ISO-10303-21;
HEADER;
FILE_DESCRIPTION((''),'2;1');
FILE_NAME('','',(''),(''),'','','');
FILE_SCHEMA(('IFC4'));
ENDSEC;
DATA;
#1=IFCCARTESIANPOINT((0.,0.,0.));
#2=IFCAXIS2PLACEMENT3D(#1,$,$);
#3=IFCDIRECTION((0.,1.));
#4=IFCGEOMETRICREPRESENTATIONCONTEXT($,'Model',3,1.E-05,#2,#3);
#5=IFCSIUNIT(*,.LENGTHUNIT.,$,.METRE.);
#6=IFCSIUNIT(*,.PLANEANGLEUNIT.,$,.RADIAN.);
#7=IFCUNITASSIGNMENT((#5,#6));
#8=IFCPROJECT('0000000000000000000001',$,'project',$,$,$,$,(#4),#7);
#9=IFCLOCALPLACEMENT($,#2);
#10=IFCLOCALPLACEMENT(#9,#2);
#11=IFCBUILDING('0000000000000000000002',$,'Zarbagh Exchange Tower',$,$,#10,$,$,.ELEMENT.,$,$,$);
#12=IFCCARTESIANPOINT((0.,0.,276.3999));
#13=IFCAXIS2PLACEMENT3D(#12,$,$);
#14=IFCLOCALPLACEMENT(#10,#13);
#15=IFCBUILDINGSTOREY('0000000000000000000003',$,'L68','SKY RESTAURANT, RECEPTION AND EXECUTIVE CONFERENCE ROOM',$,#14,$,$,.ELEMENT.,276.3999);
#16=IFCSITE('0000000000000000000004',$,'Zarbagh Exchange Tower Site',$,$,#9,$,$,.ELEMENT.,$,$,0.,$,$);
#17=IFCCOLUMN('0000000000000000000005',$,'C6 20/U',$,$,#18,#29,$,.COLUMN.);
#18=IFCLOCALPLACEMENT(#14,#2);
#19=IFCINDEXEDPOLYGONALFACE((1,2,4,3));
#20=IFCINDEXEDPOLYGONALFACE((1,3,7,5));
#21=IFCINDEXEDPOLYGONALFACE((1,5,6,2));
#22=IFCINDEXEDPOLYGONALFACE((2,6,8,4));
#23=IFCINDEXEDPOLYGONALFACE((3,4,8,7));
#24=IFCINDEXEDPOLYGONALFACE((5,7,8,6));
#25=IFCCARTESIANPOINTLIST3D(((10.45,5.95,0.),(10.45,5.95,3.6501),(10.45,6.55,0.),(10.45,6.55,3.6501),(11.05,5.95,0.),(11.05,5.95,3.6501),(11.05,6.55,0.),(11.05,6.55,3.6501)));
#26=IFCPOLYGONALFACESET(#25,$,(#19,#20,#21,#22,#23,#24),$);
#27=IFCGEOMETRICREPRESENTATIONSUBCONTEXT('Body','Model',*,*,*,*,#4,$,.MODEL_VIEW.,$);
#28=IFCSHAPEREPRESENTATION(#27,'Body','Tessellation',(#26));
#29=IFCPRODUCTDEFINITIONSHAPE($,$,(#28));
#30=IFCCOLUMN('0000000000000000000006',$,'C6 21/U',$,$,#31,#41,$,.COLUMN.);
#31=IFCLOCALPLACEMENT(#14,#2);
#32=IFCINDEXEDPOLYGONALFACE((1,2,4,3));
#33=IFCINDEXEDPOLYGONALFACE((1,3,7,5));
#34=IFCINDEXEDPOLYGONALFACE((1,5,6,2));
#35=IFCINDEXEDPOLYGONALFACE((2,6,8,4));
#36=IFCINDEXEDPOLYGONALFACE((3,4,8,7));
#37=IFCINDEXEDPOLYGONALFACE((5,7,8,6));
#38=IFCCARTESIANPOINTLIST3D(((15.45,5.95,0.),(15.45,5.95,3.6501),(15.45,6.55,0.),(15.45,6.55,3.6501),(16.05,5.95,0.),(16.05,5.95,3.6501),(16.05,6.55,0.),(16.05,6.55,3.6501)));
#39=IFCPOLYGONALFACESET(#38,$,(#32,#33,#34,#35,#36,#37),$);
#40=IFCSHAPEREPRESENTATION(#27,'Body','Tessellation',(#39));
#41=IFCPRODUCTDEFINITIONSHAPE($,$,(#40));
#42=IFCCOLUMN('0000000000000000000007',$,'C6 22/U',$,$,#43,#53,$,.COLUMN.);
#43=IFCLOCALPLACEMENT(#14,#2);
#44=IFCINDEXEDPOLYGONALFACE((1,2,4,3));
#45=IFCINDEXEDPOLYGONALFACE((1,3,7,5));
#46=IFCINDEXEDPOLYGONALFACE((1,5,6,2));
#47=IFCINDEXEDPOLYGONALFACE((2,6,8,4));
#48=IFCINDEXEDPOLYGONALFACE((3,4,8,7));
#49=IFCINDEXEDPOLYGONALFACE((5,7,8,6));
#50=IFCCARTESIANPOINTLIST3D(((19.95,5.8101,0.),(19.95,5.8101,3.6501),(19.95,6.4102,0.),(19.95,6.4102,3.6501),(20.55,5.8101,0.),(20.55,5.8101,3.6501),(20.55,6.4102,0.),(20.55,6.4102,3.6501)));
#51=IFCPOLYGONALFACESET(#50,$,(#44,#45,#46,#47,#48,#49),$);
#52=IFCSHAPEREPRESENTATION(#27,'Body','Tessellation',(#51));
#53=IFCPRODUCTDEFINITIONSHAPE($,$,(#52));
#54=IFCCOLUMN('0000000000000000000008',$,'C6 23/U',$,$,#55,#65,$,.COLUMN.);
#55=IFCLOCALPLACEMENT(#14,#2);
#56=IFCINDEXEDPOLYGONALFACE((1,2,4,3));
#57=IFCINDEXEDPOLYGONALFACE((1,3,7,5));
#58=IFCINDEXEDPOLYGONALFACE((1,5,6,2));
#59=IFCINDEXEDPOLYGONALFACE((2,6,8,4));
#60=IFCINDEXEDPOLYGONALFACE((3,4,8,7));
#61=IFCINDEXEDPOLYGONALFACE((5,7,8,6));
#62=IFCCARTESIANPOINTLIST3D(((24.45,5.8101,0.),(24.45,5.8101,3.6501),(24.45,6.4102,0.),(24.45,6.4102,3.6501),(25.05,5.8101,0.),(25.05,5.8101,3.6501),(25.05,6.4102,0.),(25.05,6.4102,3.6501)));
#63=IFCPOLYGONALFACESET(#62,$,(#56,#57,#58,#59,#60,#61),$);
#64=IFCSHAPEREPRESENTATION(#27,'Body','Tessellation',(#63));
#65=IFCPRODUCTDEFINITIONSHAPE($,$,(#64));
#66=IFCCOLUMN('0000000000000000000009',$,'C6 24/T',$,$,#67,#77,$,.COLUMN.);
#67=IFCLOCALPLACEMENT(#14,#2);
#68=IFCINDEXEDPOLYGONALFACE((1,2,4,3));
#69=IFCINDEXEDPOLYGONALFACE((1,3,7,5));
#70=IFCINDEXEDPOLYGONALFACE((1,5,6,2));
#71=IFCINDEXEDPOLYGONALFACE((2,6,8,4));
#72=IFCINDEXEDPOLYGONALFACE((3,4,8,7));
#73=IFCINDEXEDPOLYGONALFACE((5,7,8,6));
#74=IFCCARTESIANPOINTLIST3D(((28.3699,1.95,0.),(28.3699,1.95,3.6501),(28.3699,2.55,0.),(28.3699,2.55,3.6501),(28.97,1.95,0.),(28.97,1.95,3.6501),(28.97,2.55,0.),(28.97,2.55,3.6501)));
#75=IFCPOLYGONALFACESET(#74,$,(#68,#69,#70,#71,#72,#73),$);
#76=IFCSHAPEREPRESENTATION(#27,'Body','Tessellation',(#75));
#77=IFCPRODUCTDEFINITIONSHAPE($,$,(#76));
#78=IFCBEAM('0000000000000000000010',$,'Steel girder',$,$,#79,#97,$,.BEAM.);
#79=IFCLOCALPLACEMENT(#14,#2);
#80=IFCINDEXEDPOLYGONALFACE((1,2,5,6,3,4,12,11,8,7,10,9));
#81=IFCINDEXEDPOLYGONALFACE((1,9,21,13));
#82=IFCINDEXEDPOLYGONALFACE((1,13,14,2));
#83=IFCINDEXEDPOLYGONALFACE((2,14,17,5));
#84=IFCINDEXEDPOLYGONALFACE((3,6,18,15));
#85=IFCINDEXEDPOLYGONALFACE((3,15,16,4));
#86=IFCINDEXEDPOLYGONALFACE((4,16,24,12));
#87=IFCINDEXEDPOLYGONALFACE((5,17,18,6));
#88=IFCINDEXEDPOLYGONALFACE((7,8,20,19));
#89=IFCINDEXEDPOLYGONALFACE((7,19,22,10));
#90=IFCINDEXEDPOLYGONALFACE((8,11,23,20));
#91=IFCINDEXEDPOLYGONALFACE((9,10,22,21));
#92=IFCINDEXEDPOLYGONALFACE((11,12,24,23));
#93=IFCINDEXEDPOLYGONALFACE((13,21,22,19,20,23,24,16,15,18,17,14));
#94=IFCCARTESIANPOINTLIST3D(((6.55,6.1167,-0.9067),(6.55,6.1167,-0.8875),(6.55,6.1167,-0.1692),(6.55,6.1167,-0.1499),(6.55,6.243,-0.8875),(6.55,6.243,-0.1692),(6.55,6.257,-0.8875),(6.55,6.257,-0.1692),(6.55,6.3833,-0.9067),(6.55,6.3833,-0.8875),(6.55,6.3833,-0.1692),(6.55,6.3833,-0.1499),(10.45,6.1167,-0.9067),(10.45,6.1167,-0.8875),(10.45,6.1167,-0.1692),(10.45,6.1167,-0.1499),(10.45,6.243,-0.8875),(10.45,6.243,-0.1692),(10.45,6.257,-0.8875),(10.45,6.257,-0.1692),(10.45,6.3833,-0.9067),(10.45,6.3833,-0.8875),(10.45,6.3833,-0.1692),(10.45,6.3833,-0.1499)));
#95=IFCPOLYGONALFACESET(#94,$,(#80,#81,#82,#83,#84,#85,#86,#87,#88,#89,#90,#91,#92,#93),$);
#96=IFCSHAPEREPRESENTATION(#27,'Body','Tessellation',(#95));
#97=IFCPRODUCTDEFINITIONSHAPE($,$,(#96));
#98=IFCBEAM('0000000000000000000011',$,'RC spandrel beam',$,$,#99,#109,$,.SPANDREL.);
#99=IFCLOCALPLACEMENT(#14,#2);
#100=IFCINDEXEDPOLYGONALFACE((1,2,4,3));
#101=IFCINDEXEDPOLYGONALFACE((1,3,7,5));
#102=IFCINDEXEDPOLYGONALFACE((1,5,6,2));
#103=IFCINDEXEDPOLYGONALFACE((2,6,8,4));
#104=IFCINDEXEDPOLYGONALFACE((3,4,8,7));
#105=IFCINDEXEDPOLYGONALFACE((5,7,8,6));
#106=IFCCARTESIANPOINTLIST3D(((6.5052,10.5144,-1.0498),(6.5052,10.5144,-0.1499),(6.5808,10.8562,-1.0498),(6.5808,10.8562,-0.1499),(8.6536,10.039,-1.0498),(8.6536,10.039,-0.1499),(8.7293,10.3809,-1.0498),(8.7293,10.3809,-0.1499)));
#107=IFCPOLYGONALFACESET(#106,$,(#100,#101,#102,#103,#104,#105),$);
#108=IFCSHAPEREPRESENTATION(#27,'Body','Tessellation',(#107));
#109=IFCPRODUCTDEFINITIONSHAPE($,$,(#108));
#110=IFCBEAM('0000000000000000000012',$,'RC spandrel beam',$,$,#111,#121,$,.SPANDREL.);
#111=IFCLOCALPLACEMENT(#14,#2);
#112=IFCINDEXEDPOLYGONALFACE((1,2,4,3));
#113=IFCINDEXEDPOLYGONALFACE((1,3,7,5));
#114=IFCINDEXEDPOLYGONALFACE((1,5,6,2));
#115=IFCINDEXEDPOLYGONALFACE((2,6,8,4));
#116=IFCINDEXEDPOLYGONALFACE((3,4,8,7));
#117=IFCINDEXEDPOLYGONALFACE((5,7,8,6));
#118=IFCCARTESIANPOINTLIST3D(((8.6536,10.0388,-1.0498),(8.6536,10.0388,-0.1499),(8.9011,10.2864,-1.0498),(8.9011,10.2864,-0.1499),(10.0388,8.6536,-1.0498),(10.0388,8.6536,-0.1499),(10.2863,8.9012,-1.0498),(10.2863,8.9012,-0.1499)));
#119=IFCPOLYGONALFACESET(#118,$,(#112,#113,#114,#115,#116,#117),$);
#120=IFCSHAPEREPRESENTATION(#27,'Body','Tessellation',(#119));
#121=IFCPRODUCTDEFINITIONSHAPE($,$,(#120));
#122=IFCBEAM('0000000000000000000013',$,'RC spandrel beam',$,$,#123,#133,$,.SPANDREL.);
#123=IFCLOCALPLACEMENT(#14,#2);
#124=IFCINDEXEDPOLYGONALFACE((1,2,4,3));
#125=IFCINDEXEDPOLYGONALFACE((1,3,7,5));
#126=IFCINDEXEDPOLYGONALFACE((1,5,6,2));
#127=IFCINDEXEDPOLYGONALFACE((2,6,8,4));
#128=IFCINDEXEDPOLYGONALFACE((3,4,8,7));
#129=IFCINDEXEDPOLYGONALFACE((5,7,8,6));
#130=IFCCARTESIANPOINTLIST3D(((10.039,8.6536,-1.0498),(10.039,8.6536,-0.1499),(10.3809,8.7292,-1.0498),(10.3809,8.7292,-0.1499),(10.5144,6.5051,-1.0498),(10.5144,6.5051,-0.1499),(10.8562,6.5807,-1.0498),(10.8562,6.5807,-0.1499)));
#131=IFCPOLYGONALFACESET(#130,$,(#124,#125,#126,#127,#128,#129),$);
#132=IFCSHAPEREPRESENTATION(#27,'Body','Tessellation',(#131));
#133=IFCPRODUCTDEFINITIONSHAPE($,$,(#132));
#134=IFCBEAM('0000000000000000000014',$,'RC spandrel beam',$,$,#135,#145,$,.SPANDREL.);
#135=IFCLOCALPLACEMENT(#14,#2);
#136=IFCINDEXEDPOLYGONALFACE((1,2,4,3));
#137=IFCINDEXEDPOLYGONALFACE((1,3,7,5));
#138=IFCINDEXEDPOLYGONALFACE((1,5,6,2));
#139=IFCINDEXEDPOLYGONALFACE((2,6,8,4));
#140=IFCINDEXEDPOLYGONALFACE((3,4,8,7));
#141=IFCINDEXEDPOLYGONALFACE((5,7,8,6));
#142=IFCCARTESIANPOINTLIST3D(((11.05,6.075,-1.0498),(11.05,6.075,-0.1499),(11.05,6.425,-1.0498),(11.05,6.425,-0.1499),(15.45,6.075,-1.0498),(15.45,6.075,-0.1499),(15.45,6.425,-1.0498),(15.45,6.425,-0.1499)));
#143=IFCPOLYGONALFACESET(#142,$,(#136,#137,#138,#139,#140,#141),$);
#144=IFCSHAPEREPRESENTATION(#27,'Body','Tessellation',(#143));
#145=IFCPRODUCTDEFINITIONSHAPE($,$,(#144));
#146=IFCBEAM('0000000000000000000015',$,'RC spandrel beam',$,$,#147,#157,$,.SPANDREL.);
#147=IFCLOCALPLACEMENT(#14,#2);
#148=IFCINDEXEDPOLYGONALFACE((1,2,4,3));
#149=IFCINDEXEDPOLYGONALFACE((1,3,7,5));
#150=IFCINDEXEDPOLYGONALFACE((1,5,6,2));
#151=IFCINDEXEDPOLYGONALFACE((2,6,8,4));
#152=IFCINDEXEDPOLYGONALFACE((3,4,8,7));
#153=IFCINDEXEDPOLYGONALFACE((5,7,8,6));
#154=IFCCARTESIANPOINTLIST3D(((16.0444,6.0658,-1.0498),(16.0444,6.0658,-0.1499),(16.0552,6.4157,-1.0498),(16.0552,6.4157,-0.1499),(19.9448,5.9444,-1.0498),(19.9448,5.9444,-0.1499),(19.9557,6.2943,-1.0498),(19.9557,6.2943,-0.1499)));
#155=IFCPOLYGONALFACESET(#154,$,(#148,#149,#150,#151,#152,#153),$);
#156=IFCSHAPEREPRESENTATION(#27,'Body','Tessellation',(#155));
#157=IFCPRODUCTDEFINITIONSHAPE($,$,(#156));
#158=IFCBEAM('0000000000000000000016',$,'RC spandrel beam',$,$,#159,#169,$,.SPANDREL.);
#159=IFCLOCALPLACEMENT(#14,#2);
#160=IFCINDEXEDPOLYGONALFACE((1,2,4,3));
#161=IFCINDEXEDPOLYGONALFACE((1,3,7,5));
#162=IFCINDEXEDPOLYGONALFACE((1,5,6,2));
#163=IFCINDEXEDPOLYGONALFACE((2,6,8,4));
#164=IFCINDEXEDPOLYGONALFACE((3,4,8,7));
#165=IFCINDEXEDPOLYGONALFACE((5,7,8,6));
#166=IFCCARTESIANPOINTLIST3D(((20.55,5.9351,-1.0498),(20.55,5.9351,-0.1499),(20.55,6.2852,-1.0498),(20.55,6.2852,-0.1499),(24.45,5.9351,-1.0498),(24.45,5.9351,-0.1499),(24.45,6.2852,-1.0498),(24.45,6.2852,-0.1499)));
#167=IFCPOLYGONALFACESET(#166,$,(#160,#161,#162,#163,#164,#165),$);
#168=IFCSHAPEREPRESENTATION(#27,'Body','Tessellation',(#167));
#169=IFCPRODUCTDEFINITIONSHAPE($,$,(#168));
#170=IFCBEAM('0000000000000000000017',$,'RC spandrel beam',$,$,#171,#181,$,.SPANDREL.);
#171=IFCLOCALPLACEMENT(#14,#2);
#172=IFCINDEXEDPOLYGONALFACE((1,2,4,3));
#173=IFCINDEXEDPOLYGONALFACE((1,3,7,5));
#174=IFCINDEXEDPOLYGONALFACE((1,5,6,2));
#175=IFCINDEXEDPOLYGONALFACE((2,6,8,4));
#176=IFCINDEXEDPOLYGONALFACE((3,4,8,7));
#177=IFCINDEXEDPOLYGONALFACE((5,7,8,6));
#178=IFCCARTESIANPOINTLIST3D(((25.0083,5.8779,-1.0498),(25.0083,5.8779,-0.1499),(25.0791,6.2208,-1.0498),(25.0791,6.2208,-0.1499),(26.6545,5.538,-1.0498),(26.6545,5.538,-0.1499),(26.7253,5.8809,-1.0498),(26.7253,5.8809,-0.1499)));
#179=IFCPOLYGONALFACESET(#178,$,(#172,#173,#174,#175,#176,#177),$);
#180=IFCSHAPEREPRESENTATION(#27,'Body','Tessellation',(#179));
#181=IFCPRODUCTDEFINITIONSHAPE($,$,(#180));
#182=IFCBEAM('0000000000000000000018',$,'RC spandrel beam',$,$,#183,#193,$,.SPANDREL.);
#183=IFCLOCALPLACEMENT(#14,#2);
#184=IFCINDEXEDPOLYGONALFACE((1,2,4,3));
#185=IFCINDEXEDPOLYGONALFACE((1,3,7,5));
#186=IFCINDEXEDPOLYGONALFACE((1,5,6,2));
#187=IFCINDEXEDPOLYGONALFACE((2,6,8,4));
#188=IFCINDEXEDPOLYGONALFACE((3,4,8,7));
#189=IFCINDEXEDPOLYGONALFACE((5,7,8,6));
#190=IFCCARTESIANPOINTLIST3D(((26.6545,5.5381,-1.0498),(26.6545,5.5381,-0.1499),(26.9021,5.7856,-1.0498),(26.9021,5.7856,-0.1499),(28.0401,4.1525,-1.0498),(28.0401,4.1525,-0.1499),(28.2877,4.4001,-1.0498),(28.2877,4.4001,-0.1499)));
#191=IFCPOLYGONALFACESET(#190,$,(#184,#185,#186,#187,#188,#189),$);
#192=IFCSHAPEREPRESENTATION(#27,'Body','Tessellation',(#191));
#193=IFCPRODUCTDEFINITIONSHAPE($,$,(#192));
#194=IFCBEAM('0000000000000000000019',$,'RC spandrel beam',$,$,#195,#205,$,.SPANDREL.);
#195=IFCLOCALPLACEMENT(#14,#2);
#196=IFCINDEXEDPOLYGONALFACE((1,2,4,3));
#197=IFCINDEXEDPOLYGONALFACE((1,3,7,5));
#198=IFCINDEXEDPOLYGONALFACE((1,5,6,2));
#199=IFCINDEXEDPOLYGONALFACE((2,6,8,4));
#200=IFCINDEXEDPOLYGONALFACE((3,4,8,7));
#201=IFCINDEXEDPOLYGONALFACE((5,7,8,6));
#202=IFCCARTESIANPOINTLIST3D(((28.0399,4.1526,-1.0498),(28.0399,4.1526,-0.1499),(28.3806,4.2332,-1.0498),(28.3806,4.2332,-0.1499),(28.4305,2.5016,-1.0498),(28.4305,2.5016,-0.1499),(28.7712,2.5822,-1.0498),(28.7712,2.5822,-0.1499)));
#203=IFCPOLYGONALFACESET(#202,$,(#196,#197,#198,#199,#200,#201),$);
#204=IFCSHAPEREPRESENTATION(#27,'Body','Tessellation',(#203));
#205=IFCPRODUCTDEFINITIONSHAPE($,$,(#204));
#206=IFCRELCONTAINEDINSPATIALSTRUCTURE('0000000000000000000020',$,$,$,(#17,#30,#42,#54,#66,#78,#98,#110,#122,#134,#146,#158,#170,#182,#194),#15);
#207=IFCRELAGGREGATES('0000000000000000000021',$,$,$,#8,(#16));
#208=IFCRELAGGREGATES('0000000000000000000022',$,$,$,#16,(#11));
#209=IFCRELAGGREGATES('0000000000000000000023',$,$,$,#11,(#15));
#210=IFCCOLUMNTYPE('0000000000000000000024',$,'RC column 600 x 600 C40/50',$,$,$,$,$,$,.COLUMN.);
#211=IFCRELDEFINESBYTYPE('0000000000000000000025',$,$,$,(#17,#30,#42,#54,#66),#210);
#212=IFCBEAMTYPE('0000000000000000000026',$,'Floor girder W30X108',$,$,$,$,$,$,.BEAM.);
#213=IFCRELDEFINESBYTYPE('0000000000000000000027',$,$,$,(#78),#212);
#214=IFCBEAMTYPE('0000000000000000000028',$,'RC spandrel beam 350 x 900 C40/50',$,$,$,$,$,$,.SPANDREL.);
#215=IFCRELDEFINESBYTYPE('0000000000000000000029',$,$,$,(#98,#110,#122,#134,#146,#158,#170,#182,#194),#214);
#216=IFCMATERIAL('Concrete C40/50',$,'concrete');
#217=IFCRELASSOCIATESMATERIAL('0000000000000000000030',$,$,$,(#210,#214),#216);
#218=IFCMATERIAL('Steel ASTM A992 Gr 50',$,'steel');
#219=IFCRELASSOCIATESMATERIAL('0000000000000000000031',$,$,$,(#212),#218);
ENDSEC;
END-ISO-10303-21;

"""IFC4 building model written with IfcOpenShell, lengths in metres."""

from ifc_helpers import new_model, si_unit, direction, frame, origin, origin_2d, place, context, subcontext, project, spatial, rectangle, i_section, extrude, material, material_profile, profile_set, type_object, element, save


model = new_model("IFC4")

# Units and contexts
model_context = context("Model", 3, precision=1e-05, world=origin(), true_north=direction((0.0, 1.0)))
body_context = subcontext(model_context, "Body", "Model", "MODEL_VIEW")
ifc_project = project(units=[si_unit("LENGTHUNIT", "METRE"), si_unit("PLANEANGLEUNIT", "RADIAN")], contexts=[model_context])

# Site, building, storey
site_placement = place(None, origin())
site = spatial("IfcSite", under=ifc_project, at=site_placement, Name="Zarbagh Exchange Tower Site", CompositionType="ELEMENT", RefElevation=0.0)
building_placement = place(site_placement, origin())
building = spatial("IfcBuilding", under=site, at=building_placement, Name="Zarbagh Exchange Tower", CompositionType="ELEMENT")
storey_placement = place(building_placement, frame((0.0, 0.0, 276.3999)))
storey = spatial("IfcBuildingStorey", under=building, at=storey_placement, Name="L68", Description="SKY RESTAURANT, RECEPTION AND EXECUTIVE CONFERENCE ROOM", CompositionType="ELEMENT", Elevation=276.3999)

# Columns
ifc_material_1 = material(Name="Concrete C40/50", Category="concrete")
ifc_material_profile_1 = material_profile(ifc_material_1, rectangle(XDim=0.6001, YDim=0.6001, at=origin_2d()), Name="RC column 600 x 600 C40/50")
ifc_profile_set_1 = profile_set([ifc_material_profile_1], Name="Concrete C40/50")
column_type = type_object("IfcColumnType", Name="RC column 600 x 600 C40/50", PredefinedType="COLUMN", material=ifc_profile_set_1)
for number, where, z_axis, x_axis, name in (
    (1, (10.75, 6.25, 0.0), (0.0, 0.0, 1.0), (1.0, 0.0, 0.0), "C6 20/U"),
    (2, (15.75, 6.25, 0.0), (0.0, 0.0, 1.0), (1.0, 0.0, 0.0), "C6 21/U"),
    (3, (20.25, 6.1101, 0.0), (0.0, 0.0, 1.0), (1.0, 0.0, 0.0), "C6 22/U"),
    (4, (24.75, 6.1101, 0.0), (0.0, 0.0, 1.0), (1.0, 0.0, 0.0), "C6 23/U"),
    (5, (28.6699, 2.25, 0.0), (0.0, 0.0, 1.0), (1.0, 0.0, 0.0), "C6 24/T"),
):
    element("IfcColumn", number, at=place(storey_placement, frame(where, z_axis=z_axis, x_axis=x_axis)), inside=storey, type_object=column_type, Name=name, PredefinedType="COLUMN", context=body_context, shape_type="SweptSolid", body=[
        extrude(rectangle(XDim=0.6001, YDim=0.6001, at=origin_2d()), origin(), (0.0, 0.0, 1.0), 3.6501),
    ])

# Beams
ifc_material_2 = material(Name="Steel ASTM A992 Gr 50", Category="steel")
ifc_material_profile_2 = material_profile(ifc_material_2, i_section(OverallWidth=0.2666, OverallDepth=0.7568, WebThickness=0.0139, FlangeThickness=0.0193, at=origin_2d()), Name="W30X108")
ifc_profile_set_2 = profile_set([ifc_material_profile_2], Name="Steel ASTM A992 Gr 50")
beam_type_1 = type_object("IfcBeamType", Name="Floor girder W30X108", PredefinedType="BEAM", material=ifc_profile_set_2)
beam_1_placement = place(storey_placement, frame((6.55, 6.25, -0.5283), z_axis=(1.0, 0.0, 0.0), x_axis=(0.0, 1.0, 0.0)))
element("IfcBeam", 6, at=beam_1_placement, inside=storey, type_object=beam_type_1, Name="Steel girder", PredefinedType="BEAM", context=body_context, shape_type="SweptSolid", body=[
    extrude(i_section(OverallWidth=0.2666, OverallDepth=0.7568, WebThickness=0.0139, FlangeThickness=0.0193, at=origin_2d()), origin(), (0.0, 0.0, 1.0), 3.8999),
])
ifc_material_profile_3 = material_profile(ifc_material_1, rectangle(XDim=0.3501, YDim=0.8999, at=origin_2d()), Name="RC spandrel beam 350 x 900 C40/50")
ifc_profile_set_3 = profile_set([ifc_material_profile_3], Name="Concrete C40/50")
beam_type_2 = type_object("IfcBeamType", Name="RC spandrel beam 350 x 900 C40/50", PredefinedType="SPANDREL", material=ifc_profile_set_3)
beam_2_placement = place(storey_placement, frame((6.543, 10.6853, -0.5999), z_axis=(0.976388, -0.216026, 0.0), x_axis=(0.216026, 0.976388, 0.0)))
element("IfcBeam", 7, at=beam_2_placement, inside=storey, type_object=beam_type_2, Name="RC spandrel beam", PredefinedType="SPANDREL", context=body_context, shape_type="SweptSolid", body=[
    extrude(rectangle(XDim=0.3501, YDim=0.8999, at=origin_2d()), origin(), (0.0, 0.0, 1.0), 2.2004),
])
beam_3_placement = place(storey_placement, frame((8.7773, 10.1626, -0.5999), z_axis=(0.707107, -0.707107, 0.0), x_axis=(0.707107, 0.707107, 0.0)))
element("IfcBeam", 8, at=beam_3_placement, inside=storey, type_object=beam_type_2, Name="RC spandrel beam", PredefinedType="SPANDREL", context=body_context, shape_type="SweptSolid", body=[
    extrude(rectangle(XDim=0.3501, YDim=0.8999, at=origin_2d()), origin(), (0.0, 0.0, 1.0), 1.959),
])
beam_4_placement = place(storey_placement, frame((10.21, 8.6914, -0.5999), z_axis=(0.216026, -0.976388, 0.0), x_axis=(0.976388, 0.216026, 0.0)))
element("IfcBeam", 9, at=beam_4_placement, inside=storey, type_object=beam_type_2, Name="RC spandrel beam", PredefinedType="SPANDREL", context=body_context, shape_type="SweptSolid", body=[
    extrude(rectangle(XDim=0.3501, YDim=0.8999, at=origin_2d()), origin(), (0.0, 0.0, 1.0), 2.2004),
])
beam_5_placement = place(storey_placement, frame((11.05, 6.25, -0.5999), z_axis=(1.0, 0.0, 0.0), x_axis=(0.0, 1.0, 0.0)))
element("IfcBeam", 10, at=beam_5_placement, inside=storey, type_object=beam_type_2, Name="RC spandrel beam", PredefinedType="SPANDREL", context=body_context, shape_type="SweptSolid", body=[
    extrude(rectangle(XDim=0.3501, YDim=0.8999, at=origin_2d()), origin(), (0.0, 0.0, 1.0), 4.3999),
])
beam_6_placement = place(storey_placement, frame((16.0498, 6.2407, -0.5999), z_axis=(0.999516, -0.031094, 0.0), x_axis=(0.031094, 0.999516, 0.0)))
element("IfcBeam", 11, at=beam_6_placement, inside=storey, type_object=beam_type_2, Name="RC spandrel beam", PredefinedType="SPANDREL", context=body_context, shape_type="SweptSolid", body=[
    extrude(rectangle(XDim=0.3501, YDim=0.8999, at=origin_2d()), origin(), (0.0, 0.0, 1.0), 3.9023),
])
beam_7_placement = place(storey_placement, frame((20.55, 6.1101, -0.5999), z_axis=(1.0, 0.0, 0.0), x_axis=(0.0, 1.0, 0.0)))
element("IfcBeam", 12, at=beam_7_placement, inside=storey, type_object=beam_type_2, Name="RC spandrel beam", PredefinedType="SPANDREL", context=body_context, shape_type="SweptSolid", body=[
    extrude(rectangle(XDim=0.3501, YDim=0.8999, at=origin_2d()), origin(), (0.0, 0.0, 1.0), 3.8999),
])
beam_8_placement = place(storey_placement, frame((25.0437, 6.0493, -0.5999), z_axis=(0.97935, -0.202173, 0.0), x_axis=(0.202173, 0.97935, 0.0)))
element("IfcBeam", 13, at=beam_8_placement, inside=storey, type_object=beam_type_2, Name="RC spandrel beam", PredefinedType="SPANDREL", context=body_context, shape_type="SweptSolid", body=[
    extrude(rectangle(XDim=0.3501, YDim=0.8999, at=origin_2d()), origin(), (0.0, 0.0, 1.0), 1.6809),
])
beam_9_placement = place(storey_placement, frame((26.7783, 5.6619, -0.5999), z_axis=(0.707107, -0.707107, 0.0), x_axis=(0.707107, 0.707107, 0.0)))
element("IfcBeam", 14, at=beam_9_placement, inside=storey, type_object=beam_type_2, Name="RC spandrel beam", PredefinedType="SPANDREL", context=body_context, shape_type="SweptSolid", body=[
    extrude(rectangle(XDim=0.3501, YDim=0.8999, at=origin_2d()), origin(), (0.0, 0.0, 1.0), 1.9595),
])
beam_10_placement = place(storey_placement, frame((28.2102, 4.1929, -0.5999), z_axis=(0.230258, -0.97313, 0.0), x_axis=(0.97313, 0.230258, 0.0)))
element("IfcBeam", 15, at=beam_10_placement, inside=storey, type_object=beam_type_2, Name="RC spandrel beam", PredefinedType="SPANDREL", context=body_context, shape_type="SweptSolid", body=[
    extrude(rectangle(XDim=0.3501, YDim=0.8999, at=origin_2d()), origin(), (0.0, 0.0, 1.0), 1.6965),
])

save(model, "model.ifc")
